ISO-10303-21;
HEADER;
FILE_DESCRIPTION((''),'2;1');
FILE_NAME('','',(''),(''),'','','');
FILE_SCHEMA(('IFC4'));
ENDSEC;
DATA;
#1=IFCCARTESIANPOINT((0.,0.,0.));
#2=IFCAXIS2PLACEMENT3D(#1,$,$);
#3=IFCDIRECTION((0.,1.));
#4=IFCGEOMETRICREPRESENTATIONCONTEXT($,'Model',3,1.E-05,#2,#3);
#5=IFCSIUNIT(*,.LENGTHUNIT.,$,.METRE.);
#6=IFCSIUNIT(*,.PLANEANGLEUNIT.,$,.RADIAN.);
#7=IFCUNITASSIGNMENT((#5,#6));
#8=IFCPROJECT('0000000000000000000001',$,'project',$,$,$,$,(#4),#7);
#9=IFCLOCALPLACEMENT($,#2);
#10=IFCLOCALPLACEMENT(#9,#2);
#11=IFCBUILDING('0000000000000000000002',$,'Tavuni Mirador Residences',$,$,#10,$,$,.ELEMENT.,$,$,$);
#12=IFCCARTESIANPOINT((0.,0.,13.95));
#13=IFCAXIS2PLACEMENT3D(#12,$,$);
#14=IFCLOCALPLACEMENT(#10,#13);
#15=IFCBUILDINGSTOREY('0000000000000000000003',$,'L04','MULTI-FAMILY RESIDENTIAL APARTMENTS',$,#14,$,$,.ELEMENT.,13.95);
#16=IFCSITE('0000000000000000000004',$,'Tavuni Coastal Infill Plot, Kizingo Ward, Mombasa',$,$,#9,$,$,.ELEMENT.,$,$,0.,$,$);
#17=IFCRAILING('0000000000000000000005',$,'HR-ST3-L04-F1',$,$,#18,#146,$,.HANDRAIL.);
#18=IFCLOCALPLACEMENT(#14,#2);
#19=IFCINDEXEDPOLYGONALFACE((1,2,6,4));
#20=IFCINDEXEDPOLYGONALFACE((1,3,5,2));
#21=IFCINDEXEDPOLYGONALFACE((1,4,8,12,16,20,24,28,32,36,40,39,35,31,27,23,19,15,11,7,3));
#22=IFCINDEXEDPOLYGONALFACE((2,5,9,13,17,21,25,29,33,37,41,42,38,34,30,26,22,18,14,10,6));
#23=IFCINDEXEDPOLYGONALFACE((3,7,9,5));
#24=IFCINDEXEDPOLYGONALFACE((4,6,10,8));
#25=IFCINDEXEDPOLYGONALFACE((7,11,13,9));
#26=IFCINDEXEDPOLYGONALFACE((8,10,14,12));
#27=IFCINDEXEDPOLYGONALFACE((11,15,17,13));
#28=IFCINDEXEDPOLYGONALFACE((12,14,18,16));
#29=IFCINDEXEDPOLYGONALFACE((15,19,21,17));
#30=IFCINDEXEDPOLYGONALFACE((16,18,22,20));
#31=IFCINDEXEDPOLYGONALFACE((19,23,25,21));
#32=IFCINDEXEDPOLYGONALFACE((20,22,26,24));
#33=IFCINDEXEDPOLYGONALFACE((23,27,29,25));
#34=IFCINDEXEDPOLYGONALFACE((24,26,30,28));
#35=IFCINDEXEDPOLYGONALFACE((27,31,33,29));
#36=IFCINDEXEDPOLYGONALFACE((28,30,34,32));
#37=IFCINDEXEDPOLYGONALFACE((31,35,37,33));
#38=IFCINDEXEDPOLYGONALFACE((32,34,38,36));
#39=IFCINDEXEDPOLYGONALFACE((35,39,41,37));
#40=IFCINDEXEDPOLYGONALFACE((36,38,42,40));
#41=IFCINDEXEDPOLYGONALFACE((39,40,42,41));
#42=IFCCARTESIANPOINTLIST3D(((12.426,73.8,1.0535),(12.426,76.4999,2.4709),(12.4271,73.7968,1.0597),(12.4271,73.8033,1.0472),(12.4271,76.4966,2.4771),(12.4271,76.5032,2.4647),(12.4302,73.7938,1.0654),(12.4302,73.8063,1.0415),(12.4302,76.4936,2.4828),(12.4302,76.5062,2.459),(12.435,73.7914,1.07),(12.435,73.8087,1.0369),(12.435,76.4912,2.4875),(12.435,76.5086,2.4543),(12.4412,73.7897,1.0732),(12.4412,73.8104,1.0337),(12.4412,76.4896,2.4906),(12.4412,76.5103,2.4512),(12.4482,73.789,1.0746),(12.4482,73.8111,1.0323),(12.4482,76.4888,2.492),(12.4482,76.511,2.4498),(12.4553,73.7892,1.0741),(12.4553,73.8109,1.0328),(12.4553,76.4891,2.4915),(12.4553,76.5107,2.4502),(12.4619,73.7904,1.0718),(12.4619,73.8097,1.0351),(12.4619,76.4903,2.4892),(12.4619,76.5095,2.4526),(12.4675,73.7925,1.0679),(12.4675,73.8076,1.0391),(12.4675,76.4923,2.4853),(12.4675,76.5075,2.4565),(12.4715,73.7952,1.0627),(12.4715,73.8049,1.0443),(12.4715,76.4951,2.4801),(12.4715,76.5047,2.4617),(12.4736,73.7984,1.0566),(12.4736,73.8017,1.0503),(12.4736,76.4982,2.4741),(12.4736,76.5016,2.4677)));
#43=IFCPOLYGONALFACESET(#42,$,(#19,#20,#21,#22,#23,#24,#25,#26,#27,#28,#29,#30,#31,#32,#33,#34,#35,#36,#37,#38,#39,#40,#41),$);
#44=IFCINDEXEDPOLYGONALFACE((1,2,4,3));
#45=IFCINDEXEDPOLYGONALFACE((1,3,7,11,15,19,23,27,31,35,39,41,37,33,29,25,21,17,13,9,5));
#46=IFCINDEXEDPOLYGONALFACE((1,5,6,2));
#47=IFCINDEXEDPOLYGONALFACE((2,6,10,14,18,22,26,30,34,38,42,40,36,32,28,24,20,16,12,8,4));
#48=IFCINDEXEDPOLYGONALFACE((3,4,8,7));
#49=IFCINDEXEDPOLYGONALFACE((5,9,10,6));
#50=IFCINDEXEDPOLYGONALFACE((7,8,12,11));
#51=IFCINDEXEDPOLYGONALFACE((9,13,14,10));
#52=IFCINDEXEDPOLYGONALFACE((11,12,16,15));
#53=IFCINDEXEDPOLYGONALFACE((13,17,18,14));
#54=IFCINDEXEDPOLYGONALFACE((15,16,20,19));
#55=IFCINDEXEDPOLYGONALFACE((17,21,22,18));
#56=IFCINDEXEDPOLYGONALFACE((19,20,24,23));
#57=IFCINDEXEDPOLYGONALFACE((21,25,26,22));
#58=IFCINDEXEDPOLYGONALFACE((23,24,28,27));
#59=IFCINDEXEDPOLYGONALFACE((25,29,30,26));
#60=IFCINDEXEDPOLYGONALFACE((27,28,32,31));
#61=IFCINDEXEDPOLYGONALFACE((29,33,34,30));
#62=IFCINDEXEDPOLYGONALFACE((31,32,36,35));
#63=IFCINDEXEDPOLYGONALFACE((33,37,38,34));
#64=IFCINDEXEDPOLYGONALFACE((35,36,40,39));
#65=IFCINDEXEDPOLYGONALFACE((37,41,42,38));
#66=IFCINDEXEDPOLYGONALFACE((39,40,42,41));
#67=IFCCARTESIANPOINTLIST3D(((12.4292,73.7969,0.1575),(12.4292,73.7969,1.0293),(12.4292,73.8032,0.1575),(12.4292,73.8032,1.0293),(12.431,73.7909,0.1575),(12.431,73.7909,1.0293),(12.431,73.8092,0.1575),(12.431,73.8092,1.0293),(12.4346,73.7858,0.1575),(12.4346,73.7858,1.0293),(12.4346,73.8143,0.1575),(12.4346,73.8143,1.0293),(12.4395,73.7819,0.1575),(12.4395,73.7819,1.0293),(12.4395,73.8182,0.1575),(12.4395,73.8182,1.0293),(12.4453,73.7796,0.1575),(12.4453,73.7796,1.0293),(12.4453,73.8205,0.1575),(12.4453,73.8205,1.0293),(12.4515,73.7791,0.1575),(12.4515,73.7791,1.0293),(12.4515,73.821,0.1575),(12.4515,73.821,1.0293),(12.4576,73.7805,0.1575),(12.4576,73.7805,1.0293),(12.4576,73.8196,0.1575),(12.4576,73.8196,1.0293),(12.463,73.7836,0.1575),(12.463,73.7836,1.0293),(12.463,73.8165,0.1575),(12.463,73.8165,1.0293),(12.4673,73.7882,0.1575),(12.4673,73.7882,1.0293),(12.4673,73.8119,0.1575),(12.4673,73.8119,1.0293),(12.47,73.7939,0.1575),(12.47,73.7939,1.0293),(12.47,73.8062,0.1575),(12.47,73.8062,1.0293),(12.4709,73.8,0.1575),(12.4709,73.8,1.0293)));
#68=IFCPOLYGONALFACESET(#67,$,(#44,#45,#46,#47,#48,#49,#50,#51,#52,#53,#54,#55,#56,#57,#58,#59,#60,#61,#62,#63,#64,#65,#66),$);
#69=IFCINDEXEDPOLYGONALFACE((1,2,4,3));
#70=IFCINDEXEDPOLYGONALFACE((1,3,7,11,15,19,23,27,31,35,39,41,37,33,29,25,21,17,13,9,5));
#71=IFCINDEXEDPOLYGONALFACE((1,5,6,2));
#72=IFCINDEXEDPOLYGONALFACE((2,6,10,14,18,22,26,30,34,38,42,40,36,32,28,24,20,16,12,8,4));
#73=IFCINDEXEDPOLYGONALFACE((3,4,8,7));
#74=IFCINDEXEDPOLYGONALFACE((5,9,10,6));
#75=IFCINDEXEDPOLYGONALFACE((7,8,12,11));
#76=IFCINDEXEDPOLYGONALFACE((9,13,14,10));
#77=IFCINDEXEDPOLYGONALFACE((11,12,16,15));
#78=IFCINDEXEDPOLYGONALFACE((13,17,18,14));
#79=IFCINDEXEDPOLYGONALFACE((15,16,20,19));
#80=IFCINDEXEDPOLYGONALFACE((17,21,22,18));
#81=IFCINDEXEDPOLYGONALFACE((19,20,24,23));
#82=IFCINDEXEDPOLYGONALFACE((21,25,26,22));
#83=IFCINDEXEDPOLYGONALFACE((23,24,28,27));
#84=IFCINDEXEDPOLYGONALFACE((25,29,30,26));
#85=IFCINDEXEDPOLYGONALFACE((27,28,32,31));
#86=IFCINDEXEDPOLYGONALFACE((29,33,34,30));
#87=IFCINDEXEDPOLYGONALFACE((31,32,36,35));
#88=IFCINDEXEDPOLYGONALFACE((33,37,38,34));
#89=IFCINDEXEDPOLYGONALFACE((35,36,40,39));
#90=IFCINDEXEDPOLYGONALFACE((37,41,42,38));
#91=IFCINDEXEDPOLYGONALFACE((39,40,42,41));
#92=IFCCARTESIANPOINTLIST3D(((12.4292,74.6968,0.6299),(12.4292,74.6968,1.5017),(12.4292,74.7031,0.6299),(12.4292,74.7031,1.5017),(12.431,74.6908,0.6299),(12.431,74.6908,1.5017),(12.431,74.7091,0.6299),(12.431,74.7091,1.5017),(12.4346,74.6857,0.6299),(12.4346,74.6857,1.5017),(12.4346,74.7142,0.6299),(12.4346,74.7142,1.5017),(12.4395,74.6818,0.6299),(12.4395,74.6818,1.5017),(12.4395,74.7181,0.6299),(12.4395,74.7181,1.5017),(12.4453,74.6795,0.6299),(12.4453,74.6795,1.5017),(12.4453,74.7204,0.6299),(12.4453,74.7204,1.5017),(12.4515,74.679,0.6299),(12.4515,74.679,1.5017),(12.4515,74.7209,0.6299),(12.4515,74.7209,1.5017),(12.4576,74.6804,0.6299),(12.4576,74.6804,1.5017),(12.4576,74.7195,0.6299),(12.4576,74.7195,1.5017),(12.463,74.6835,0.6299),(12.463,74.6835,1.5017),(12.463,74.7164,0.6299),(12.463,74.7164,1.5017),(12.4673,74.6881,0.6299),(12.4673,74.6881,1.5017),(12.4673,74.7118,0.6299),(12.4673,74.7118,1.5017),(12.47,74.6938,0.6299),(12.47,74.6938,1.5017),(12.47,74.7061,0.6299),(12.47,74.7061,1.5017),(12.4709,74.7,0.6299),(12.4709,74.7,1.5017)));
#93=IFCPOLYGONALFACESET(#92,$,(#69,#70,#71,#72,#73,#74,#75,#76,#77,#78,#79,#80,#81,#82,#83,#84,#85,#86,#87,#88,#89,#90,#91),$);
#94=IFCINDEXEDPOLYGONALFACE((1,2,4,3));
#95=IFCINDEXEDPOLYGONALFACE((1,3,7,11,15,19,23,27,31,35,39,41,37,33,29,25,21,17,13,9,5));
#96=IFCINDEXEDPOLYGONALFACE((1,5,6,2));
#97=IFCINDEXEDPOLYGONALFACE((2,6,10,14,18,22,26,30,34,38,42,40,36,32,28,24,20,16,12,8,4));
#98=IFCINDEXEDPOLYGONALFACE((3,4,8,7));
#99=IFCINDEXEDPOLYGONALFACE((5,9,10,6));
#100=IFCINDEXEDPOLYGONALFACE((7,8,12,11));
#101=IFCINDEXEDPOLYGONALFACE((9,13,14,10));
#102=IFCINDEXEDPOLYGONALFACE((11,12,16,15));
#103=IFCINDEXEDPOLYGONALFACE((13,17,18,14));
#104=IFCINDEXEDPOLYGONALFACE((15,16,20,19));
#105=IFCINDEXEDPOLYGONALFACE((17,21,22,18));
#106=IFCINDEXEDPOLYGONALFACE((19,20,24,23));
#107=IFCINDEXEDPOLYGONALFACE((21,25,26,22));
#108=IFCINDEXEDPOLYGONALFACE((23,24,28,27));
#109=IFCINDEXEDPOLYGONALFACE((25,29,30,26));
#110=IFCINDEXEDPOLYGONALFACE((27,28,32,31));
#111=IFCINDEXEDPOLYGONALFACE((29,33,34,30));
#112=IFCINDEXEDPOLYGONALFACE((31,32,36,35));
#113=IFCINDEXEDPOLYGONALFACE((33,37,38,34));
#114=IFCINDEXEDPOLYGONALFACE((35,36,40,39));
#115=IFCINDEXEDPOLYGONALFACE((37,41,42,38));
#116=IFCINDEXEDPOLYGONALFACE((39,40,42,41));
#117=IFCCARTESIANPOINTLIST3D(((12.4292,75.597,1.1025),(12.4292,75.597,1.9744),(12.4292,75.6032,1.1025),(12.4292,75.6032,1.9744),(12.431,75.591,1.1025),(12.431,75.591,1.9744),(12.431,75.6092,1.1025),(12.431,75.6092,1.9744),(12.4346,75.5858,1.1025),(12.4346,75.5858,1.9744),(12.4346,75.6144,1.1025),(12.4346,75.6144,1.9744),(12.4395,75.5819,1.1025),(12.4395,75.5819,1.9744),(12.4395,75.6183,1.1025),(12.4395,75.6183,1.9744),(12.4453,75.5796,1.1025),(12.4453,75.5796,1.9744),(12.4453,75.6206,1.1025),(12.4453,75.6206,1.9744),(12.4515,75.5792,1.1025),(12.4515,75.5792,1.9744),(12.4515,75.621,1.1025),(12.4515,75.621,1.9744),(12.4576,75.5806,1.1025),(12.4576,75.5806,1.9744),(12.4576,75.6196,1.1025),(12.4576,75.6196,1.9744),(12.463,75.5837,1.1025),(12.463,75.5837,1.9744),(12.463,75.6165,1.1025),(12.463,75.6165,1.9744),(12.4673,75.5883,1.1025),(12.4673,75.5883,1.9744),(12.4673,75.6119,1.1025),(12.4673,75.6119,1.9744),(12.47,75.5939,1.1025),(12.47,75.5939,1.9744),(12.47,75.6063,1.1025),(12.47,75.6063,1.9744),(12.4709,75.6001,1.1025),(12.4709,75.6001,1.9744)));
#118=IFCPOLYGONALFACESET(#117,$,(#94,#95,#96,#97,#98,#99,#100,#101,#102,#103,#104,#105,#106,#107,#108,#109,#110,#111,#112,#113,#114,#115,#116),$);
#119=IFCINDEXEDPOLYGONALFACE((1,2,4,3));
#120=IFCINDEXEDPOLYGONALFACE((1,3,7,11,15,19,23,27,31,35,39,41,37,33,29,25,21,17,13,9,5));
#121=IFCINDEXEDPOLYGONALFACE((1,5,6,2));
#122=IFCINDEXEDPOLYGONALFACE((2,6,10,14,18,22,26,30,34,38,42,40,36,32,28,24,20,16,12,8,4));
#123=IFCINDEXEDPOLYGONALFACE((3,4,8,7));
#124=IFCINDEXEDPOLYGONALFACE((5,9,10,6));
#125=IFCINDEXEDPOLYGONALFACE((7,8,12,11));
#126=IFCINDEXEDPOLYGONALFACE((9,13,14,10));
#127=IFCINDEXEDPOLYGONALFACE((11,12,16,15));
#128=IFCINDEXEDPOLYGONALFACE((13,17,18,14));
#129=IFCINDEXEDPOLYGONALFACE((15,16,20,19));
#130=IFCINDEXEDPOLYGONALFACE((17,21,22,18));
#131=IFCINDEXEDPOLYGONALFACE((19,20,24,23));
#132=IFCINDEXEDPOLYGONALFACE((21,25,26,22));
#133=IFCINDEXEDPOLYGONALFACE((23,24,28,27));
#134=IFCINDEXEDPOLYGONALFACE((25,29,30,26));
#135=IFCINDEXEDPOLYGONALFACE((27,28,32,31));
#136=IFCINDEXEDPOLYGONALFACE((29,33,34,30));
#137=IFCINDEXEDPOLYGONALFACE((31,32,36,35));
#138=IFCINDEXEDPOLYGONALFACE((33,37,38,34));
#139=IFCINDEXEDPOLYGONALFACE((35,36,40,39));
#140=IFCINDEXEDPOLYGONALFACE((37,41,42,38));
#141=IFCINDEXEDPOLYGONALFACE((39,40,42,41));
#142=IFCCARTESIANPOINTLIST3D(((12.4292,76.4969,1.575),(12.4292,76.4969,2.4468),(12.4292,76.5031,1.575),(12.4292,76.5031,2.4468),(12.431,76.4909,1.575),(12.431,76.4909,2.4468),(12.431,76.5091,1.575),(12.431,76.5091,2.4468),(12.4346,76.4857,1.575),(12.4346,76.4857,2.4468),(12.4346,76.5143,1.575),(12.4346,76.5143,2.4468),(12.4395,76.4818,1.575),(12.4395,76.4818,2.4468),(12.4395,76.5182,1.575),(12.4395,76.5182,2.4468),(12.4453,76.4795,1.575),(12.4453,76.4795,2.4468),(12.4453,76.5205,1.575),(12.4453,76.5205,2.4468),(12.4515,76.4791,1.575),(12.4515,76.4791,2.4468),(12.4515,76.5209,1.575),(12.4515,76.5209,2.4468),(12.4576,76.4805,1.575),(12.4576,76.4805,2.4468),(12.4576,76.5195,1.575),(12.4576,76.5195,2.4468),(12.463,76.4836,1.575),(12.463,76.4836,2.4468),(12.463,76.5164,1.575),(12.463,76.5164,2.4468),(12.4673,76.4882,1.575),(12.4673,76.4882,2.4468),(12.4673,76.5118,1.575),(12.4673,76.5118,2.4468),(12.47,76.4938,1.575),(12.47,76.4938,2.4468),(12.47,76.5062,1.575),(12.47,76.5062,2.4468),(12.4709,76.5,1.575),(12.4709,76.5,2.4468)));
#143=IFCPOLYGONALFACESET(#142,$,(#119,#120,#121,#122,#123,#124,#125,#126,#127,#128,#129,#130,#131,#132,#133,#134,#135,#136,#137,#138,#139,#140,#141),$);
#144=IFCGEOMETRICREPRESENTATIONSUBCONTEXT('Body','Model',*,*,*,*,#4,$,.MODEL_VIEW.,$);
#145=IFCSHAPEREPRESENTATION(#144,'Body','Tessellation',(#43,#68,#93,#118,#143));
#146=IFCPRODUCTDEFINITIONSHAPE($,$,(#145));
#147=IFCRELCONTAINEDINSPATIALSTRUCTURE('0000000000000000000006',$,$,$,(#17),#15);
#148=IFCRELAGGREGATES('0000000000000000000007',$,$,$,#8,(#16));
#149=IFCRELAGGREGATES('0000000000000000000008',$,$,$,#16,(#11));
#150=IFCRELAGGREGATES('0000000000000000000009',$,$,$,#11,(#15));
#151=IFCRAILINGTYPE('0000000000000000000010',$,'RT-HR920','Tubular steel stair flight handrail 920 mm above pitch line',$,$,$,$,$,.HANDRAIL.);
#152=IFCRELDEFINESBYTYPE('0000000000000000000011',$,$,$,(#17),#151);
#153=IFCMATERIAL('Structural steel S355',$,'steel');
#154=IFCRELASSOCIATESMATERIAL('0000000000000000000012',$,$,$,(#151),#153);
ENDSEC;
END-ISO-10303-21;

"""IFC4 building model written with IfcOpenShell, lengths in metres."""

from ifc_helpers import new_model, si_unit, direction, frame, origin, origin_2d, place, context, subcontext, project, spatial, circle, extrude, material, type_object, element, save


model = new_model("IFC4")

# Units and contexts
model_context = context("Model", 3, precision=1e-05, world=origin(), true_north=direction((0.0, 1.0)))
body_context = subcontext(model_context, "Body", "Model", "MODEL_VIEW")
ifc_project = project(units=[si_unit("LENGTHUNIT", "METRE"), si_unit("PLANEANGLEUNIT", "RADIAN")], contexts=[model_context])

# Site, building, storey
site_placement = place(None, origin())
site = spatial("IfcSite", under=ifc_project, at=site_placement, Name="Tavuni Coastal Infill Plot, Kizingo Ward, Mombasa", CompositionType="ELEMENT", RefElevation=0.0)
building_placement = place(site_placement, origin())
building = spatial("IfcBuilding", under=site, at=building_placement, Name="Tavuni Mirador Residences", CompositionType="ELEMENT")
storey_placement = place(building_placement, frame((0.0, 0.0, 13.95)))
storey = spatial("IfcBuildingStorey", under=building, at=storey_placement, Name="L04", Description="MULTI-FAMILY RESIDENTIAL APARTMENTS", CompositionType="ELEMENT", Elevation=13.95)

# Shared definitions
ifc_material_1 = material(Name="Structural steel S355", Category="steel")

# Railing
railing_type = type_object("IfcRailingType", Name="RT-HR920", Description="Tubular steel stair flight handrail 920 mm above pitch line", PredefinedType="HANDRAIL", material=ifc_material_1)
railing_placement = place(storey_placement, frame((12.45, 73.8, 0.1575)))
element("IfcRailing", 1, at=railing_placement, inside=storey, type_object=railing_type, Name="HR-ST3-L04-F1", PredefinedType="HANDRAIL", context=body_context, shape_type="SweptSolid", body=[
    extrude(circle(Radius=0.0239, at=origin_2d()), frame((0.0, 0.0, 0.896), z_axis=(0.0, 0.885397, 0.464835), x_axis=(-1.0, 0.0, 0.0)), (0.0, 0.0, 1.0), 3.0493),
    extrude(circle(Radius=0.021, at=origin_2d()), origin(), (0.0, 0.0, 1.0), 0.8718),
    extrude(circle(Radius=0.021, at=origin_2d()), frame((0.0, 0.8999, 0.4724)), (0.0, 0.0, 1.0), 0.8718),
    extrude(circle(Radius=0.021, at=origin_2d()), frame((0.0, 1.8, 0.9451)), (0.0, 0.0, 1.0), 0.8718),
    extrude(circle(Radius=0.021, at=origin_2d()), frame((0.0, 2.7, 1.4175)), (0.0, 0.0, 1.0), 0.8718),
])

save(model, "model.ifc")
